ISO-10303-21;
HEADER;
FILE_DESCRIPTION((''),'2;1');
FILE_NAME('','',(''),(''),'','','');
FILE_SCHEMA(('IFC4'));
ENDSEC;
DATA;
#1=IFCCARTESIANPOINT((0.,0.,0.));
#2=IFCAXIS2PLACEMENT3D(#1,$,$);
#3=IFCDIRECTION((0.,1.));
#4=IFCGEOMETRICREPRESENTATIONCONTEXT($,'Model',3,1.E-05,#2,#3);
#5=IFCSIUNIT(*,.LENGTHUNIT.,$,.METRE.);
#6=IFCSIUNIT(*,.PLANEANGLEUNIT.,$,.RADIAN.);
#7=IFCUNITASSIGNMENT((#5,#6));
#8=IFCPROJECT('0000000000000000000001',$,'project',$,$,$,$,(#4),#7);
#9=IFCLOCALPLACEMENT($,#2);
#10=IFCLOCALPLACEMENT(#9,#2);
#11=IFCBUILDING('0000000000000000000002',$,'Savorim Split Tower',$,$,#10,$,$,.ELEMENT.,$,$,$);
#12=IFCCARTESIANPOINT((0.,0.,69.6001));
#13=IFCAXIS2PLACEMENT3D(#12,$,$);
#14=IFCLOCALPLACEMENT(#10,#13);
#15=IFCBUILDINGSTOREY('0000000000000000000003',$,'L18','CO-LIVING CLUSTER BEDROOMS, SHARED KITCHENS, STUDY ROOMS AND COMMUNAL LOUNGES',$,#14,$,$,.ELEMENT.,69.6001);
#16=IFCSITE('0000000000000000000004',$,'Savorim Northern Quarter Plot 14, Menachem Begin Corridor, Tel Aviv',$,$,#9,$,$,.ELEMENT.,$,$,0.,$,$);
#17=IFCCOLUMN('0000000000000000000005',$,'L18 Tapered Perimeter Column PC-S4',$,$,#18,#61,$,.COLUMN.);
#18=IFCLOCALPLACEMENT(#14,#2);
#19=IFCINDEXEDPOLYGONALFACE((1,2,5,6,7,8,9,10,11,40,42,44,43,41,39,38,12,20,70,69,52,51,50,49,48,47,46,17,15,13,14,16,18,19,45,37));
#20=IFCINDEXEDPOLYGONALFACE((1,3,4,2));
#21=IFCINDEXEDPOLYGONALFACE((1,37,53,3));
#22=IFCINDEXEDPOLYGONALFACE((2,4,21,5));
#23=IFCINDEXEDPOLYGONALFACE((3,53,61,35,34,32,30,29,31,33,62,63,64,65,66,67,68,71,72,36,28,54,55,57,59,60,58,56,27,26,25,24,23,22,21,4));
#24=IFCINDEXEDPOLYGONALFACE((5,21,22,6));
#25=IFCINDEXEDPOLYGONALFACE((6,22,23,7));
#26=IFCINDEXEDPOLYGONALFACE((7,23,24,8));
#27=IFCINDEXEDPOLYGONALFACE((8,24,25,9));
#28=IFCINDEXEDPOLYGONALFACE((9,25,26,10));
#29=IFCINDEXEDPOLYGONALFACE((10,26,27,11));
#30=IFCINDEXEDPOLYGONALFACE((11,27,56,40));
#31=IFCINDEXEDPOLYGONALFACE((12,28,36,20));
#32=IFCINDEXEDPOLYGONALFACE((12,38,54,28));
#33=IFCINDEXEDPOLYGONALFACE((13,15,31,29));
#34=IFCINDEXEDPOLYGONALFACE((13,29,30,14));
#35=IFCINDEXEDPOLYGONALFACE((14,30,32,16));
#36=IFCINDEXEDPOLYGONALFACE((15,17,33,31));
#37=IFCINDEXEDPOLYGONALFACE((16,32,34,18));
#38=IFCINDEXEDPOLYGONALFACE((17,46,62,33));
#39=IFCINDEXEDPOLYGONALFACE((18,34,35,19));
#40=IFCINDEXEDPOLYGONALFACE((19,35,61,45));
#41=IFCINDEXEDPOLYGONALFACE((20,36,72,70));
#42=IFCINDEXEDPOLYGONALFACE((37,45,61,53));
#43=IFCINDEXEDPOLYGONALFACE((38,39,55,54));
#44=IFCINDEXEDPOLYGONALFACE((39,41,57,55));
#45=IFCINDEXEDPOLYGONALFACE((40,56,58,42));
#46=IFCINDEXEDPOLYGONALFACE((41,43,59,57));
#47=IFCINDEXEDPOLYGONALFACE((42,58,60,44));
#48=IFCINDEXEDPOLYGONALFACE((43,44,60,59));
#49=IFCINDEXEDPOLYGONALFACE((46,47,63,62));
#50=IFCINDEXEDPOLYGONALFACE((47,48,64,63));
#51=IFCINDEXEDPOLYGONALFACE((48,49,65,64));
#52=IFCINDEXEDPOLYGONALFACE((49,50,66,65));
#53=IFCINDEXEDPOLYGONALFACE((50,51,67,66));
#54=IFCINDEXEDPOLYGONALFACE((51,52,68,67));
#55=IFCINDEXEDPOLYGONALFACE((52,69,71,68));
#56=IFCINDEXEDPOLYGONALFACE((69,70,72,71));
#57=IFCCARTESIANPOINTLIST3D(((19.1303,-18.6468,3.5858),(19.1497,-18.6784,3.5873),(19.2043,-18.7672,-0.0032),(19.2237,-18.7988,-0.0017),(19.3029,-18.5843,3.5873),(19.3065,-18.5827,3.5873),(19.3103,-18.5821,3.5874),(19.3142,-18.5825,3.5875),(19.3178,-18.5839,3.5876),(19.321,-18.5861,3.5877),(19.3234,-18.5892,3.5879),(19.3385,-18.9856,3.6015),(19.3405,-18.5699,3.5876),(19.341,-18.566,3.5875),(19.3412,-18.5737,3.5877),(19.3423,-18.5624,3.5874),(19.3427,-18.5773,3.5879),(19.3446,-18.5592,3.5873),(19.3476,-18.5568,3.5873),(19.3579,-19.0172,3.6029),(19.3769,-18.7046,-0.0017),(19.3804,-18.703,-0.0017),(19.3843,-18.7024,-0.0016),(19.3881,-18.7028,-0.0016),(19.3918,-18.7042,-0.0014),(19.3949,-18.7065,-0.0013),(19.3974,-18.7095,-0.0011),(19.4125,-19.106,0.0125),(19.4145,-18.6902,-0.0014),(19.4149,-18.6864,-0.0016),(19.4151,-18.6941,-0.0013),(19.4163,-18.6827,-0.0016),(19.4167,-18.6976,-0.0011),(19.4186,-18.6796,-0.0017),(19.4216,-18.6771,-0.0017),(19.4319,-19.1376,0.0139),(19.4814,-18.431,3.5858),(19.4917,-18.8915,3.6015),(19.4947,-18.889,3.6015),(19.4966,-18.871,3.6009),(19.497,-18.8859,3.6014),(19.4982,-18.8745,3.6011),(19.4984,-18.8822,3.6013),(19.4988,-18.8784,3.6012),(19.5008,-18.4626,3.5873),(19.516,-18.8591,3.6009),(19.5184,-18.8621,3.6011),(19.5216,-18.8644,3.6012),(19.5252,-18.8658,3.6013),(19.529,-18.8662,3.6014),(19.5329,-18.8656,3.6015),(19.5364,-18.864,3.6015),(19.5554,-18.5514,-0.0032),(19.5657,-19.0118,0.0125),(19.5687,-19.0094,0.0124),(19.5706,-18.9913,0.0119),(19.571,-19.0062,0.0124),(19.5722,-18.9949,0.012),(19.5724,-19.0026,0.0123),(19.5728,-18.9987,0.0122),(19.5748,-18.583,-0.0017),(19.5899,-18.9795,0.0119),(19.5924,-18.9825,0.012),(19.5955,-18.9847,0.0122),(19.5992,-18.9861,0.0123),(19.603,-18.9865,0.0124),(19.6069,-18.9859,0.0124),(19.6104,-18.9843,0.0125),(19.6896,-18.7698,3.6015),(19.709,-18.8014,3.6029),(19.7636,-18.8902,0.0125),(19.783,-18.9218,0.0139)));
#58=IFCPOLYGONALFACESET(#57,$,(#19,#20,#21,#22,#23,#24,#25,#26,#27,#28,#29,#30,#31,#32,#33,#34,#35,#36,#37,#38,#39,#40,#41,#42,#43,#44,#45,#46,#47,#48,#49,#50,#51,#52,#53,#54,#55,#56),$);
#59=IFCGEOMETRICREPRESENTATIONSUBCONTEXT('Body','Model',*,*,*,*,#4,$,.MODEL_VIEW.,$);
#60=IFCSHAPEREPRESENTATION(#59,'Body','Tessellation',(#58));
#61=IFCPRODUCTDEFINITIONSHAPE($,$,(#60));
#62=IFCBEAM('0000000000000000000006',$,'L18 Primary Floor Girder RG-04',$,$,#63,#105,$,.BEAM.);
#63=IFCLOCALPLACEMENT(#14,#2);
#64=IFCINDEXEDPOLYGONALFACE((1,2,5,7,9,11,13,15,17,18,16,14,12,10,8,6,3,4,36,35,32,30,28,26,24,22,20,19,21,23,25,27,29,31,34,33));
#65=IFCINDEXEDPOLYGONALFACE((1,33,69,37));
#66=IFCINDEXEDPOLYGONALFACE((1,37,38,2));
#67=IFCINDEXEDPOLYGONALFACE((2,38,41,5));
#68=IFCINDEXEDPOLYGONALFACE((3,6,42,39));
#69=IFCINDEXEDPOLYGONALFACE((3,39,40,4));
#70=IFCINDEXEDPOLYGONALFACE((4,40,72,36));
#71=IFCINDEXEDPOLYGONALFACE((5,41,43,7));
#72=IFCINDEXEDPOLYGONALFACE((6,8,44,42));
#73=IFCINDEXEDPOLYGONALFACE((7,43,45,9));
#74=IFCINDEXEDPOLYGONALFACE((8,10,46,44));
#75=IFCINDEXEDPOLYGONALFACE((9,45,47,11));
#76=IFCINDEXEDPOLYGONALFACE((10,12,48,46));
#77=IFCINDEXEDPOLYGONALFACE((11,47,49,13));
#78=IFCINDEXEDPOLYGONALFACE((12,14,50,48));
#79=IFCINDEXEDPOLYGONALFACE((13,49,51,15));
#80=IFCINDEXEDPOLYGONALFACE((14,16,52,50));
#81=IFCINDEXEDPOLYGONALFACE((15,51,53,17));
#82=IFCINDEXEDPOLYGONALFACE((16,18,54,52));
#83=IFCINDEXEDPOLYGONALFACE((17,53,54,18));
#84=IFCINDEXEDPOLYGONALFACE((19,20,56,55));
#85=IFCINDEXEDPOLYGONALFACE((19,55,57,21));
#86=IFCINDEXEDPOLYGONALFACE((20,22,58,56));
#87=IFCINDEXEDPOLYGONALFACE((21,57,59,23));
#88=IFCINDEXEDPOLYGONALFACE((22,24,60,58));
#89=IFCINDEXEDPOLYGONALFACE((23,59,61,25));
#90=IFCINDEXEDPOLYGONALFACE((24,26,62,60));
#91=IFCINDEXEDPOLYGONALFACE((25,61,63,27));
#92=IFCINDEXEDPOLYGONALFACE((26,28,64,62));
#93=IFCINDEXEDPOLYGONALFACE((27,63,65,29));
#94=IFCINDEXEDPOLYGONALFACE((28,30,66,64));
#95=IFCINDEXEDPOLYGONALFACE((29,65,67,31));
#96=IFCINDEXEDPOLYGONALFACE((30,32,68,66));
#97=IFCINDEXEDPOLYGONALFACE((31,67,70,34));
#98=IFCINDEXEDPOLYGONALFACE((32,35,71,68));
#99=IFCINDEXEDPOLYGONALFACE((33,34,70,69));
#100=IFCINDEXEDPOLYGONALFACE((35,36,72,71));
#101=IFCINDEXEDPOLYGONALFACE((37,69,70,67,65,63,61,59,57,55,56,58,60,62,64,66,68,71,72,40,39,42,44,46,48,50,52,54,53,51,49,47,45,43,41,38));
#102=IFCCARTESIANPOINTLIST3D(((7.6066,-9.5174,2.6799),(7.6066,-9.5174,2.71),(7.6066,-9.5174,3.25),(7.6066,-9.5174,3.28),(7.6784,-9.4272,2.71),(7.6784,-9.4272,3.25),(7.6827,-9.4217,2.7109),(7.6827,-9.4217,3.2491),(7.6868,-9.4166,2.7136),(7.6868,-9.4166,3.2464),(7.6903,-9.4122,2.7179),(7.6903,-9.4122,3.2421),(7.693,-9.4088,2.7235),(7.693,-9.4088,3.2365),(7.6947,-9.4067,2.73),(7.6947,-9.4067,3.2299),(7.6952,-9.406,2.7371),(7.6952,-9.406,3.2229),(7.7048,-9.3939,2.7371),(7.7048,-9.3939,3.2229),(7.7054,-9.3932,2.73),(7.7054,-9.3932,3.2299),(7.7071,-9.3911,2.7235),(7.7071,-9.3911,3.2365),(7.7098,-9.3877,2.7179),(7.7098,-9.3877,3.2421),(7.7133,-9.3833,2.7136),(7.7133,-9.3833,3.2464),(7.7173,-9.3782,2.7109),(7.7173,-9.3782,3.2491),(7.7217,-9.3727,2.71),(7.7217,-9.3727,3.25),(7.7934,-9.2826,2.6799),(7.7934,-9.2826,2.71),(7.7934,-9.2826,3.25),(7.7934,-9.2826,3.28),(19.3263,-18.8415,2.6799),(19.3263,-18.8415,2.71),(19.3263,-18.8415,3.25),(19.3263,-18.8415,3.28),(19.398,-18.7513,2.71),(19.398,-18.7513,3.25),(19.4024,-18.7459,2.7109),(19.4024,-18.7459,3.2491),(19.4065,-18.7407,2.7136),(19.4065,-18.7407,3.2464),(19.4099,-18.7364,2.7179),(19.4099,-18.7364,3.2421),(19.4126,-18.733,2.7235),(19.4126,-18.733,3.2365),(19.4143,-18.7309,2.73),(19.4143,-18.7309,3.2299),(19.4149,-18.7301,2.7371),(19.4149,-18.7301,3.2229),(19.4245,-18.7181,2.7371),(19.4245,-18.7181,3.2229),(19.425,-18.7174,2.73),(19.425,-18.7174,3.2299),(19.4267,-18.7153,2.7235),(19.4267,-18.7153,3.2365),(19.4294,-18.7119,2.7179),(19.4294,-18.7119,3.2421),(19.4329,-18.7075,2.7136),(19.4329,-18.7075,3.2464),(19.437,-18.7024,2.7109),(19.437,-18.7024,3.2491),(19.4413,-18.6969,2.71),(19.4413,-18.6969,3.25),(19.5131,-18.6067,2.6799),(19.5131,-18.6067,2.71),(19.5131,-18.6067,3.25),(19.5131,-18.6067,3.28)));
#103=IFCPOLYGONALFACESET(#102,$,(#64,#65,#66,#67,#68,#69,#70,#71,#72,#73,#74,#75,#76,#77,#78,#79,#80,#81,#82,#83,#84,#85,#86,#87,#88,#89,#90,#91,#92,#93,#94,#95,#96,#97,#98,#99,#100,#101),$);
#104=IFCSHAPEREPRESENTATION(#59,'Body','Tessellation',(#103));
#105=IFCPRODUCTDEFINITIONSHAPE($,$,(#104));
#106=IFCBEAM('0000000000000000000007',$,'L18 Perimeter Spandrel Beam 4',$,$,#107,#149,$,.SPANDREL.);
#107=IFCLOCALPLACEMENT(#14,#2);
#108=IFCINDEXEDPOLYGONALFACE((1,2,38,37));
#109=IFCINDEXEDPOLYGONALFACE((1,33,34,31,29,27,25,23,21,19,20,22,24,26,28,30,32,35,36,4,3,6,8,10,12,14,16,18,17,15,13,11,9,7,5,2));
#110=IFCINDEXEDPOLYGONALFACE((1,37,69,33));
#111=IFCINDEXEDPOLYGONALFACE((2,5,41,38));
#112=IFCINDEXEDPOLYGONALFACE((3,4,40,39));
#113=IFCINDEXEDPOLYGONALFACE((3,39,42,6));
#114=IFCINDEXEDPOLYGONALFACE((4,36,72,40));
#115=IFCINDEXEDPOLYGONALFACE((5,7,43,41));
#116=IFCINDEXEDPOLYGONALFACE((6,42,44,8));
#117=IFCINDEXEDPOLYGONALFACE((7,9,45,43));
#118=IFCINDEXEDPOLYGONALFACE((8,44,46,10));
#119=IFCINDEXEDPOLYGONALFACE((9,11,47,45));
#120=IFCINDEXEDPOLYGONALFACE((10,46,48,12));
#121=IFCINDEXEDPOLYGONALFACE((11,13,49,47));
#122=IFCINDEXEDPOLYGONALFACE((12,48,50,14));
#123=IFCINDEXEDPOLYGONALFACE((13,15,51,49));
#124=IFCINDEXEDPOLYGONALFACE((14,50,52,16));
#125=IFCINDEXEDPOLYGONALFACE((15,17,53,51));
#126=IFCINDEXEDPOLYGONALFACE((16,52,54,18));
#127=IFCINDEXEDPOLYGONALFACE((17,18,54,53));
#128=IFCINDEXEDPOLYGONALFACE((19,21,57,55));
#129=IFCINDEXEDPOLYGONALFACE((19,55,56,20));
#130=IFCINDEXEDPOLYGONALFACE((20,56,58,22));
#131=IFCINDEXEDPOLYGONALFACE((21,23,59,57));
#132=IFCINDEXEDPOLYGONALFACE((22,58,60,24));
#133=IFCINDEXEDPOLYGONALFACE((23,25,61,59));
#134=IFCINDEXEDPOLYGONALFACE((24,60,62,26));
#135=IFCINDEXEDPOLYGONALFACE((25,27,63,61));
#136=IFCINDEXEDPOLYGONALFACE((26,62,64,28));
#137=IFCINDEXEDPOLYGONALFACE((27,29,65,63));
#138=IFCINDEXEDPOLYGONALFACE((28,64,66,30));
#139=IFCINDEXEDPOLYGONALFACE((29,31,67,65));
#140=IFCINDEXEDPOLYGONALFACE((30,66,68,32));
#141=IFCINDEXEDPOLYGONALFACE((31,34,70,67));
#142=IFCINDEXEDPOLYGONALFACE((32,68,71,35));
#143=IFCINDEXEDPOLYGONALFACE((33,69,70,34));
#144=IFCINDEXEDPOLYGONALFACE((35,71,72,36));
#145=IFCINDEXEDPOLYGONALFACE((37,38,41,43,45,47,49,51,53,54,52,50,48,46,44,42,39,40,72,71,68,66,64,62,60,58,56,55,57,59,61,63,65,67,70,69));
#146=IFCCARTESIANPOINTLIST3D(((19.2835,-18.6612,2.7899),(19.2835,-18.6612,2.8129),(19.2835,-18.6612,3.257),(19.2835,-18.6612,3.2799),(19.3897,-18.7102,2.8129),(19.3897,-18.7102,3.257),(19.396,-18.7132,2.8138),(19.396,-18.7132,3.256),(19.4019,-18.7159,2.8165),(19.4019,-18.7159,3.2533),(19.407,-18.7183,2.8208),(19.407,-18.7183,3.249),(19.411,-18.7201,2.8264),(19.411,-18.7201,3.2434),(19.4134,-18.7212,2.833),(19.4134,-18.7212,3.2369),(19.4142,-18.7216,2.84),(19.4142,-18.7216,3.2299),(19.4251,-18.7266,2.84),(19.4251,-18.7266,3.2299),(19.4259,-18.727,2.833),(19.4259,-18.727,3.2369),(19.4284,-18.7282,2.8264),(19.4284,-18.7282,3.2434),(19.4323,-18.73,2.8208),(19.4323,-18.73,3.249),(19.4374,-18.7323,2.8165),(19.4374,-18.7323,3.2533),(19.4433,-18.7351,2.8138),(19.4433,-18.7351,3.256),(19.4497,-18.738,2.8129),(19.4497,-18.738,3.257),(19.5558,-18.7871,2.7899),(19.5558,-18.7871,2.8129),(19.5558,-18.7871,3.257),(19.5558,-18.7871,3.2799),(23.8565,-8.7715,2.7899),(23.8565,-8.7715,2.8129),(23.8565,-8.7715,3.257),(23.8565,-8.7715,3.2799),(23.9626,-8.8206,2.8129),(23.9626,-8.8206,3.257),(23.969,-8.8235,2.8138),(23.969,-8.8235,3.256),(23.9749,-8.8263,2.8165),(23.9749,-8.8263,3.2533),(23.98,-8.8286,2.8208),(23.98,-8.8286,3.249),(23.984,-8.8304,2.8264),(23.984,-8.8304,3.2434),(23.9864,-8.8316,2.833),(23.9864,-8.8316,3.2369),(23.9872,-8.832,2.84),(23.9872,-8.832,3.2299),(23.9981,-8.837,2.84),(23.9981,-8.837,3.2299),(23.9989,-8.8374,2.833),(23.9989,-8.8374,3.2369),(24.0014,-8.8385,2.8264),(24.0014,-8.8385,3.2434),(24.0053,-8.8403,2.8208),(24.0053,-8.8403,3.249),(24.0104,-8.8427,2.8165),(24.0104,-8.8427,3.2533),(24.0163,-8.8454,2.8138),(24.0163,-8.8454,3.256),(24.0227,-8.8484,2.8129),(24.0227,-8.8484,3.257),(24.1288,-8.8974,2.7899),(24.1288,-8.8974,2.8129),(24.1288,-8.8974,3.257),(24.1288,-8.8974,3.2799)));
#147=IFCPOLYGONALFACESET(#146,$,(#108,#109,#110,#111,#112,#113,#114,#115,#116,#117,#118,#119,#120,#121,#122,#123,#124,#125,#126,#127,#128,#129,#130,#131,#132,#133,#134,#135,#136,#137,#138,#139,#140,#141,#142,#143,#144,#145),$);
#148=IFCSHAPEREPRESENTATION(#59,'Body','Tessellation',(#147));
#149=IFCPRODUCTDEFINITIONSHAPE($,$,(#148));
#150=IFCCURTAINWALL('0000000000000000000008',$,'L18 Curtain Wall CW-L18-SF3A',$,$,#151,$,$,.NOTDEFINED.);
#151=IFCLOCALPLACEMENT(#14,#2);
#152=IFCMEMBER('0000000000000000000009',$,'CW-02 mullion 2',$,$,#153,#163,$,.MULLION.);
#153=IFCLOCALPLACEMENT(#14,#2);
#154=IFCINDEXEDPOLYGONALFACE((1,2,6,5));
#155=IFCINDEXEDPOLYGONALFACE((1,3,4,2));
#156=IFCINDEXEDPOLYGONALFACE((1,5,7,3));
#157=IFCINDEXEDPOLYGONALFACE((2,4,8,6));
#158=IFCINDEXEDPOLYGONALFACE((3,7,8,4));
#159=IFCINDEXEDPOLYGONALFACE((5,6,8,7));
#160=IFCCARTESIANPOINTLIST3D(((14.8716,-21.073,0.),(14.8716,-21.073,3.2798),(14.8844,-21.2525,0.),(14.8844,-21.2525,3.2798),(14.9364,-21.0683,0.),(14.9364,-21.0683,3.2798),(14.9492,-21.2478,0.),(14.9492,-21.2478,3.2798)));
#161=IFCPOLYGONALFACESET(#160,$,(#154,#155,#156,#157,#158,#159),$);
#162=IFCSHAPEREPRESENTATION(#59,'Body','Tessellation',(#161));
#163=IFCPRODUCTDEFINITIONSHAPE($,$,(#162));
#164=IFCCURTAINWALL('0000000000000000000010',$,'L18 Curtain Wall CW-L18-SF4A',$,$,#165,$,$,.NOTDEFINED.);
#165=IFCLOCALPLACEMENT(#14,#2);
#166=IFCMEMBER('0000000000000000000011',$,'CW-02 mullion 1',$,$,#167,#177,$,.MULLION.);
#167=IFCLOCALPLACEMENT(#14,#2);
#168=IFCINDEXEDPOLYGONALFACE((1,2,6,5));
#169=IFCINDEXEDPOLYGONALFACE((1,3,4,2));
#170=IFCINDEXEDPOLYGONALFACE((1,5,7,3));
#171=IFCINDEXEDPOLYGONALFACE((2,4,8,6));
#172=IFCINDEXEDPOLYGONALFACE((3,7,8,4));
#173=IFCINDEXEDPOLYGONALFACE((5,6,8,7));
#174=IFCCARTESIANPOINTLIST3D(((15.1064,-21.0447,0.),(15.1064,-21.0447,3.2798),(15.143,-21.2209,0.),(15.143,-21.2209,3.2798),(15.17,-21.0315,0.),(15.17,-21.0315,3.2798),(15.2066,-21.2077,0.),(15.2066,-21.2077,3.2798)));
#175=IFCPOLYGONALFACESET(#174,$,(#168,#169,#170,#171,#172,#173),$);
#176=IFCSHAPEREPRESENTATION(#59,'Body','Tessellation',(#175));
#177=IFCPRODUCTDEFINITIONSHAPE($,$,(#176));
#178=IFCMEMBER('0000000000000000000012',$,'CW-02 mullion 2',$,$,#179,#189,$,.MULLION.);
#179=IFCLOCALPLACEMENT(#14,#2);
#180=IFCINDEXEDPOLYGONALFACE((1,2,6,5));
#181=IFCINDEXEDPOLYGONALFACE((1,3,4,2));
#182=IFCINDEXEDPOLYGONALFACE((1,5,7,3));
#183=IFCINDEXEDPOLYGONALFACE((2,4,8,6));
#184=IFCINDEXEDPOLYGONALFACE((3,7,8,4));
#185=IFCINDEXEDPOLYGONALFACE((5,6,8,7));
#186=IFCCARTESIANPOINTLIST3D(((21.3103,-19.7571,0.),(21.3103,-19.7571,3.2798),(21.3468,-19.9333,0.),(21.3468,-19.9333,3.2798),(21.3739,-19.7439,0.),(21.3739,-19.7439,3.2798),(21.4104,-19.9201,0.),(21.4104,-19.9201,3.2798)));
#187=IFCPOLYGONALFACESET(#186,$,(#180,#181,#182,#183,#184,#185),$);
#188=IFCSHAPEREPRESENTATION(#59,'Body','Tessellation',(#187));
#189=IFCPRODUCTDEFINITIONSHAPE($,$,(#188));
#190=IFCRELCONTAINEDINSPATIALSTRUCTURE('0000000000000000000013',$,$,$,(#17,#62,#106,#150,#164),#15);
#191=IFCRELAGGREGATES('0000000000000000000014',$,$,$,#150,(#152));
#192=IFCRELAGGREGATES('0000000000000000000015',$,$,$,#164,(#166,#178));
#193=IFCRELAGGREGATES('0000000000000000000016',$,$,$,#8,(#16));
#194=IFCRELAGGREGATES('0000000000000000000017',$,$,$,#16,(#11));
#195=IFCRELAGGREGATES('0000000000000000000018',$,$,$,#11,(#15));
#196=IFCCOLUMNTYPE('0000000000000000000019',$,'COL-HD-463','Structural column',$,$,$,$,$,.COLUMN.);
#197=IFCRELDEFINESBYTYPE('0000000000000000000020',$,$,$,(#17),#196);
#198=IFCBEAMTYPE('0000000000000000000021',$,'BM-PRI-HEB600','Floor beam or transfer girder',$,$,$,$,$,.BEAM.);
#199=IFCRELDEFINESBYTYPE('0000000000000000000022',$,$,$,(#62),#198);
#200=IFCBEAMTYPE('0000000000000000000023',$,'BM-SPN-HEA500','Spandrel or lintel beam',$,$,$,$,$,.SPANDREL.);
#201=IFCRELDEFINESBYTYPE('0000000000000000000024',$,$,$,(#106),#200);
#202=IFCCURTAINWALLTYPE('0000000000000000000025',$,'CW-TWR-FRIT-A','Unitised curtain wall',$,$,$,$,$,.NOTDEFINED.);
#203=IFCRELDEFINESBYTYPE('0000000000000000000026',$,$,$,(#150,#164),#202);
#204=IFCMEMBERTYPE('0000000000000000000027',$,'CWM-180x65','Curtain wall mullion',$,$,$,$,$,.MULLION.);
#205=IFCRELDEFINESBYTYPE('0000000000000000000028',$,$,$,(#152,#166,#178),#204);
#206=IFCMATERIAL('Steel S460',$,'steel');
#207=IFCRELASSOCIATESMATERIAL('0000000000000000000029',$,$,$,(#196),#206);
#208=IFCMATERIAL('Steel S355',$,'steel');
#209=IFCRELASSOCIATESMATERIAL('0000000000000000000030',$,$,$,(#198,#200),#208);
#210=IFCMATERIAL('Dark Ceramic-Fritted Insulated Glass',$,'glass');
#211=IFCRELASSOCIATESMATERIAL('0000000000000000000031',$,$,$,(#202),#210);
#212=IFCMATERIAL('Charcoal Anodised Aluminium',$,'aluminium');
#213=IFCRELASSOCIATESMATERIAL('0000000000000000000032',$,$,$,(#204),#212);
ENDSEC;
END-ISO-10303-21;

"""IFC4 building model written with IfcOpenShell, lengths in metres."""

from ifc_helpers import new_model, si_unit, direction, frame, origin, origin_2d, place, context, subcontext, project, spatial, rectangle, i_section, extrude, material, material_profile, profile_set, type_object, element, aggregate, save


model = new_model("IFC4")

# Units and contexts
model_context = context("Model", 3, precision=1e-05, world=origin(), true_north=direction((0.0, 1.0)))
body_context = subcontext(model_context, "Body", "Model", "MODEL_VIEW")
ifc_project = project(units=[si_unit("LENGTHUNIT", "METRE"), si_unit("PLANEANGLEUNIT", "RADIAN")], contexts=[model_context])

# Site, building, storey
site_placement = place(None, origin())
site = spatial("IfcSite", under=ifc_project, at=site_placement, Name="Savorim Northern Quarter Plot 14, Menachem Begin Corridor, Tel Aviv", CompositionType="ELEMENT", RefElevation=0.0)
building_placement = place(site_placement, origin())
building = spatial("IfcBuilding", under=site, at=building_placement, Name="Savorim Split Tower", CompositionType="ELEMENT")
storey_placement = place(building_placement, frame((0.0, 0.0, 69.6001)))
storey = spatial("IfcBuildingStorey", under=building, at=storey_placement, Name="L18", Description="CO-LIVING CLUSTER BEDROOMS, SHARED KITCHENS, STUDY ROOMS AND COMMUNAL LOUNGES", CompositionType="ELEMENT", Elevation=69.6001)

# Column
ifc_material_1 = material(Name="Steel S460", Category="steel")
ifc_material_profile_1 = material_profile(ifc_material_1, i_section(OverallWidth=0.4121, OverallDepth=0.4351, WebThickness=0.0227, FlangeThickness=0.0371, FilletRadius=0.0149, at=origin_2d()), Name="HD 400x463")
ifc_profile_set_1 = profile_set([ifc_material_profile_1], Name="Steel S460")
column_type = type_object("IfcColumnType", Name="COL-HD-463", Description="Structural column", PredefinedType="COLUMN", material=ifc_profile_set_1)
column_placement = place(storey_placement, frame((19.4937, -18.8445, 0.0054), z_axis=(-0.020595, 0.033509, 0.999226), x_axis=(-0.851955, -0.523615, 0.0)))
element("IfcColumn", 1, at=column_placement, inside=storey, type_object=column_type, Name="L18 Tapered Perimeter Column PC-S4", PredefinedType="COLUMN", context=body_context, shape_type="SweptSolid", body=[
    extrude(i_section(OverallWidth=0.4121, OverallDepth=0.4351, WebThickness=0.0227, FlangeThickness=0.0371, FilletRadius=0.0149, at=origin_2d()), origin(), (0.0, 0.0, 1.0), 3.5918),
])

# Beams
ifc_material_2 = material(Name="Steel S355", Category="steel")
ifc_material_profile_2 = material_profile(ifc_material_2, i_section(OverallWidth=0.3, OverallDepth=0.6001, WebThickness=0.0154, FlangeThickness=0.03, FilletRadius=0.0271, at=origin_2d()), Name="HEB 600")
ifc_profile_set_2 = profile_set([ifc_material_profile_2], Name="Steel S355")
beam_type_1 = type_object("IfcBeamType", Name="BM-PRI-HEB600", Description="Floor beam or transfer girder", PredefinedType="BEAM", material=ifc_profile_set_2)
beam_1_placement = place(storey_placement, frame((19.4197, -18.7241, 2.98), z_axis=(-0.782545, 0.622593, 0.0), x_axis=(-0.622593, -0.782545, 0.0)))
element("IfcBeam", 2, at=beam_1_placement, inside=storey, type_object=beam_type_1, Name="L18 Primary Floor Girder RG-04", PredefinedType="BEAM", context=body_context, shape_type="SweptSolid", body=[
    extrude(i_section(OverallWidth=0.3, OverallDepth=0.6001, WebThickness=0.0154, FlangeThickness=0.03, FilletRadius=0.0271, at=origin_2d()), origin(), (0.0, 0.0, 1.0), 14.9763),
])
ifc_material_profile_3 = material_profile(ifc_material_2, i_section(OverallWidth=0.3, OverallDepth=0.49, WebThickness=0.012, FlangeThickness=0.0229, FilletRadius=0.0271, at=origin_2d()), Name="HEA 500")
ifc_profile_set_3 = profile_set([ifc_material_profile_3], Name="Steel S355")
beam_type_2 = type_object("IfcBeamType", Name="BM-SPN-HEA500", Description="Spandrel or lintel beam", PredefinedType="SPANDREL", material=ifc_profile_set_3)
beam_2_placement = place(storey_placement, frame((19.4197, -18.7241, 3.0349), z_axis=(0.419705, 0.907661, 0.0), x_axis=(-0.907661, 0.419705, 0.0)))
element("IfcBeam", 3, at=beam_2_placement, inside=storey, type_object=beam_type_2, Name="L18 Perimeter Spandrel Beam 4", PredefinedType="SPANDREL", context=body_context, shape_type="SweptSolid", body=[
    extrude(i_section(OverallWidth=0.3, OverallDepth=0.49, WebThickness=0.012, FlangeThickness=0.0229, FilletRadius=0.0271, at=origin_2d()), origin(), (0.0, 0.0, 1.0), 10.8958),
])

# Curtain wall, member
ifc_material_3 = material(Name="Dark Ceramic-Fritted Insulated Glass", Category="glass")
curtain_wall_type = type_object("IfcCurtainWallType", Name="CW-TWR-FRIT-A", Description="Unitised curtain wall", PredefinedType="NOTDEFINED", material=ifc_material_3)
curtain_wall_1_placement = place(storey_placement, origin())
curtain_wall_1 = element("IfcCurtainWall", 4, at=curtain_wall_1_placement, inside=storey, type_object=curtain_wall_type, Name="L18 Curtain Wall CW-L18-SF3A", PredefinedType="NOTDEFINED")
ifc_material_4 = material(Name="Charcoal Anodised Aluminium", Category="aluminium")
ifc_material_profile_4 = material_profile(ifc_material_4, rectangle(XDim=0.1799, YDim=0.0649, at=origin_2d()), Name="ALU-M 180x65")
ifc_profile_set_4 = profile_set([ifc_material_profile_4], Name="Charcoal Anodised Aluminium")
member_type_1 = type_object("IfcMemberType", Name="CWM-180x65", Description="Curtain wall mullion", PredefinedType="MULLION", material=ifc_profile_set_4)
member_1_placement = place(storey_placement, frame((14.9104, -21.1604, 0.0), z_axis=(0.0, 0.0, 1.0), x_axis=(-0.071546, 0.997437, 0.0)))
member_1 = element("IfcMember", 5, at=member_1_placement, type_object=member_type_1, Name="CW-02 mullion 2", PredefinedType="MULLION", context=body_context, shape_type="SweptSolid", body=[
    extrude(rectangle(XDim=0.1799, YDim=0.0649, at=origin_2d()), origin(), (0.0, 0.0, 1.0), 3.2798),
])

# Curtain wall, members
curtain_wall_2_placement = place(storey_placement, origin())
curtain_wall_2 = element("IfcCurtainWall", 6, at=curtain_wall_2_placement, inside=storey, type_object=curtain_wall_type, Name="L18 Curtain Wall CW-L18-SF4A", PredefinedType="NOTDEFINED")
member_2_placement = place(storey_placement, frame((15.1565, -21.1262, 0.0), z_axis=(0.0, 0.0, 1.0), x_axis=(-0.203216, 0.979134, 0.0)))
member_2 = element("IfcMember", 7, at=member_2_placement, type_object=member_type_1, Name="CW-02 mullion 1", PredefinedType="MULLION", context=body_context, shape_type="SweptSolid", body=[
    extrude(rectangle(XDim=0.1799, YDim=0.0649, at=origin_2d()), origin(), (0.0, 0.0, 1.0), 3.2798),
])
member_3_placement = place(storey_placement, frame((21.3604, -19.8386, 0.0), z_axis=(0.0, 0.0, 1.0), x_axis=(-0.203216, 0.979134, 0.0)))
member_3 = element("IfcMember", 8, at=member_3_placement, type_object=member_type_1, Name="CW-02 mullion 2", PredefinedType="MULLION", context=body_context, shape_type="SweptSolid", body=[
    extrude(rectangle(XDim=0.1799, YDim=0.0649, at=origin_2d()), origin(), (0.0, 0.0, 1.0), 3.2798),
])

aggregate(curtain_wall_1, [member_1])
aggregate(curtain_wall_2, [member_2, member_3])

save(model, "model.ifc")
